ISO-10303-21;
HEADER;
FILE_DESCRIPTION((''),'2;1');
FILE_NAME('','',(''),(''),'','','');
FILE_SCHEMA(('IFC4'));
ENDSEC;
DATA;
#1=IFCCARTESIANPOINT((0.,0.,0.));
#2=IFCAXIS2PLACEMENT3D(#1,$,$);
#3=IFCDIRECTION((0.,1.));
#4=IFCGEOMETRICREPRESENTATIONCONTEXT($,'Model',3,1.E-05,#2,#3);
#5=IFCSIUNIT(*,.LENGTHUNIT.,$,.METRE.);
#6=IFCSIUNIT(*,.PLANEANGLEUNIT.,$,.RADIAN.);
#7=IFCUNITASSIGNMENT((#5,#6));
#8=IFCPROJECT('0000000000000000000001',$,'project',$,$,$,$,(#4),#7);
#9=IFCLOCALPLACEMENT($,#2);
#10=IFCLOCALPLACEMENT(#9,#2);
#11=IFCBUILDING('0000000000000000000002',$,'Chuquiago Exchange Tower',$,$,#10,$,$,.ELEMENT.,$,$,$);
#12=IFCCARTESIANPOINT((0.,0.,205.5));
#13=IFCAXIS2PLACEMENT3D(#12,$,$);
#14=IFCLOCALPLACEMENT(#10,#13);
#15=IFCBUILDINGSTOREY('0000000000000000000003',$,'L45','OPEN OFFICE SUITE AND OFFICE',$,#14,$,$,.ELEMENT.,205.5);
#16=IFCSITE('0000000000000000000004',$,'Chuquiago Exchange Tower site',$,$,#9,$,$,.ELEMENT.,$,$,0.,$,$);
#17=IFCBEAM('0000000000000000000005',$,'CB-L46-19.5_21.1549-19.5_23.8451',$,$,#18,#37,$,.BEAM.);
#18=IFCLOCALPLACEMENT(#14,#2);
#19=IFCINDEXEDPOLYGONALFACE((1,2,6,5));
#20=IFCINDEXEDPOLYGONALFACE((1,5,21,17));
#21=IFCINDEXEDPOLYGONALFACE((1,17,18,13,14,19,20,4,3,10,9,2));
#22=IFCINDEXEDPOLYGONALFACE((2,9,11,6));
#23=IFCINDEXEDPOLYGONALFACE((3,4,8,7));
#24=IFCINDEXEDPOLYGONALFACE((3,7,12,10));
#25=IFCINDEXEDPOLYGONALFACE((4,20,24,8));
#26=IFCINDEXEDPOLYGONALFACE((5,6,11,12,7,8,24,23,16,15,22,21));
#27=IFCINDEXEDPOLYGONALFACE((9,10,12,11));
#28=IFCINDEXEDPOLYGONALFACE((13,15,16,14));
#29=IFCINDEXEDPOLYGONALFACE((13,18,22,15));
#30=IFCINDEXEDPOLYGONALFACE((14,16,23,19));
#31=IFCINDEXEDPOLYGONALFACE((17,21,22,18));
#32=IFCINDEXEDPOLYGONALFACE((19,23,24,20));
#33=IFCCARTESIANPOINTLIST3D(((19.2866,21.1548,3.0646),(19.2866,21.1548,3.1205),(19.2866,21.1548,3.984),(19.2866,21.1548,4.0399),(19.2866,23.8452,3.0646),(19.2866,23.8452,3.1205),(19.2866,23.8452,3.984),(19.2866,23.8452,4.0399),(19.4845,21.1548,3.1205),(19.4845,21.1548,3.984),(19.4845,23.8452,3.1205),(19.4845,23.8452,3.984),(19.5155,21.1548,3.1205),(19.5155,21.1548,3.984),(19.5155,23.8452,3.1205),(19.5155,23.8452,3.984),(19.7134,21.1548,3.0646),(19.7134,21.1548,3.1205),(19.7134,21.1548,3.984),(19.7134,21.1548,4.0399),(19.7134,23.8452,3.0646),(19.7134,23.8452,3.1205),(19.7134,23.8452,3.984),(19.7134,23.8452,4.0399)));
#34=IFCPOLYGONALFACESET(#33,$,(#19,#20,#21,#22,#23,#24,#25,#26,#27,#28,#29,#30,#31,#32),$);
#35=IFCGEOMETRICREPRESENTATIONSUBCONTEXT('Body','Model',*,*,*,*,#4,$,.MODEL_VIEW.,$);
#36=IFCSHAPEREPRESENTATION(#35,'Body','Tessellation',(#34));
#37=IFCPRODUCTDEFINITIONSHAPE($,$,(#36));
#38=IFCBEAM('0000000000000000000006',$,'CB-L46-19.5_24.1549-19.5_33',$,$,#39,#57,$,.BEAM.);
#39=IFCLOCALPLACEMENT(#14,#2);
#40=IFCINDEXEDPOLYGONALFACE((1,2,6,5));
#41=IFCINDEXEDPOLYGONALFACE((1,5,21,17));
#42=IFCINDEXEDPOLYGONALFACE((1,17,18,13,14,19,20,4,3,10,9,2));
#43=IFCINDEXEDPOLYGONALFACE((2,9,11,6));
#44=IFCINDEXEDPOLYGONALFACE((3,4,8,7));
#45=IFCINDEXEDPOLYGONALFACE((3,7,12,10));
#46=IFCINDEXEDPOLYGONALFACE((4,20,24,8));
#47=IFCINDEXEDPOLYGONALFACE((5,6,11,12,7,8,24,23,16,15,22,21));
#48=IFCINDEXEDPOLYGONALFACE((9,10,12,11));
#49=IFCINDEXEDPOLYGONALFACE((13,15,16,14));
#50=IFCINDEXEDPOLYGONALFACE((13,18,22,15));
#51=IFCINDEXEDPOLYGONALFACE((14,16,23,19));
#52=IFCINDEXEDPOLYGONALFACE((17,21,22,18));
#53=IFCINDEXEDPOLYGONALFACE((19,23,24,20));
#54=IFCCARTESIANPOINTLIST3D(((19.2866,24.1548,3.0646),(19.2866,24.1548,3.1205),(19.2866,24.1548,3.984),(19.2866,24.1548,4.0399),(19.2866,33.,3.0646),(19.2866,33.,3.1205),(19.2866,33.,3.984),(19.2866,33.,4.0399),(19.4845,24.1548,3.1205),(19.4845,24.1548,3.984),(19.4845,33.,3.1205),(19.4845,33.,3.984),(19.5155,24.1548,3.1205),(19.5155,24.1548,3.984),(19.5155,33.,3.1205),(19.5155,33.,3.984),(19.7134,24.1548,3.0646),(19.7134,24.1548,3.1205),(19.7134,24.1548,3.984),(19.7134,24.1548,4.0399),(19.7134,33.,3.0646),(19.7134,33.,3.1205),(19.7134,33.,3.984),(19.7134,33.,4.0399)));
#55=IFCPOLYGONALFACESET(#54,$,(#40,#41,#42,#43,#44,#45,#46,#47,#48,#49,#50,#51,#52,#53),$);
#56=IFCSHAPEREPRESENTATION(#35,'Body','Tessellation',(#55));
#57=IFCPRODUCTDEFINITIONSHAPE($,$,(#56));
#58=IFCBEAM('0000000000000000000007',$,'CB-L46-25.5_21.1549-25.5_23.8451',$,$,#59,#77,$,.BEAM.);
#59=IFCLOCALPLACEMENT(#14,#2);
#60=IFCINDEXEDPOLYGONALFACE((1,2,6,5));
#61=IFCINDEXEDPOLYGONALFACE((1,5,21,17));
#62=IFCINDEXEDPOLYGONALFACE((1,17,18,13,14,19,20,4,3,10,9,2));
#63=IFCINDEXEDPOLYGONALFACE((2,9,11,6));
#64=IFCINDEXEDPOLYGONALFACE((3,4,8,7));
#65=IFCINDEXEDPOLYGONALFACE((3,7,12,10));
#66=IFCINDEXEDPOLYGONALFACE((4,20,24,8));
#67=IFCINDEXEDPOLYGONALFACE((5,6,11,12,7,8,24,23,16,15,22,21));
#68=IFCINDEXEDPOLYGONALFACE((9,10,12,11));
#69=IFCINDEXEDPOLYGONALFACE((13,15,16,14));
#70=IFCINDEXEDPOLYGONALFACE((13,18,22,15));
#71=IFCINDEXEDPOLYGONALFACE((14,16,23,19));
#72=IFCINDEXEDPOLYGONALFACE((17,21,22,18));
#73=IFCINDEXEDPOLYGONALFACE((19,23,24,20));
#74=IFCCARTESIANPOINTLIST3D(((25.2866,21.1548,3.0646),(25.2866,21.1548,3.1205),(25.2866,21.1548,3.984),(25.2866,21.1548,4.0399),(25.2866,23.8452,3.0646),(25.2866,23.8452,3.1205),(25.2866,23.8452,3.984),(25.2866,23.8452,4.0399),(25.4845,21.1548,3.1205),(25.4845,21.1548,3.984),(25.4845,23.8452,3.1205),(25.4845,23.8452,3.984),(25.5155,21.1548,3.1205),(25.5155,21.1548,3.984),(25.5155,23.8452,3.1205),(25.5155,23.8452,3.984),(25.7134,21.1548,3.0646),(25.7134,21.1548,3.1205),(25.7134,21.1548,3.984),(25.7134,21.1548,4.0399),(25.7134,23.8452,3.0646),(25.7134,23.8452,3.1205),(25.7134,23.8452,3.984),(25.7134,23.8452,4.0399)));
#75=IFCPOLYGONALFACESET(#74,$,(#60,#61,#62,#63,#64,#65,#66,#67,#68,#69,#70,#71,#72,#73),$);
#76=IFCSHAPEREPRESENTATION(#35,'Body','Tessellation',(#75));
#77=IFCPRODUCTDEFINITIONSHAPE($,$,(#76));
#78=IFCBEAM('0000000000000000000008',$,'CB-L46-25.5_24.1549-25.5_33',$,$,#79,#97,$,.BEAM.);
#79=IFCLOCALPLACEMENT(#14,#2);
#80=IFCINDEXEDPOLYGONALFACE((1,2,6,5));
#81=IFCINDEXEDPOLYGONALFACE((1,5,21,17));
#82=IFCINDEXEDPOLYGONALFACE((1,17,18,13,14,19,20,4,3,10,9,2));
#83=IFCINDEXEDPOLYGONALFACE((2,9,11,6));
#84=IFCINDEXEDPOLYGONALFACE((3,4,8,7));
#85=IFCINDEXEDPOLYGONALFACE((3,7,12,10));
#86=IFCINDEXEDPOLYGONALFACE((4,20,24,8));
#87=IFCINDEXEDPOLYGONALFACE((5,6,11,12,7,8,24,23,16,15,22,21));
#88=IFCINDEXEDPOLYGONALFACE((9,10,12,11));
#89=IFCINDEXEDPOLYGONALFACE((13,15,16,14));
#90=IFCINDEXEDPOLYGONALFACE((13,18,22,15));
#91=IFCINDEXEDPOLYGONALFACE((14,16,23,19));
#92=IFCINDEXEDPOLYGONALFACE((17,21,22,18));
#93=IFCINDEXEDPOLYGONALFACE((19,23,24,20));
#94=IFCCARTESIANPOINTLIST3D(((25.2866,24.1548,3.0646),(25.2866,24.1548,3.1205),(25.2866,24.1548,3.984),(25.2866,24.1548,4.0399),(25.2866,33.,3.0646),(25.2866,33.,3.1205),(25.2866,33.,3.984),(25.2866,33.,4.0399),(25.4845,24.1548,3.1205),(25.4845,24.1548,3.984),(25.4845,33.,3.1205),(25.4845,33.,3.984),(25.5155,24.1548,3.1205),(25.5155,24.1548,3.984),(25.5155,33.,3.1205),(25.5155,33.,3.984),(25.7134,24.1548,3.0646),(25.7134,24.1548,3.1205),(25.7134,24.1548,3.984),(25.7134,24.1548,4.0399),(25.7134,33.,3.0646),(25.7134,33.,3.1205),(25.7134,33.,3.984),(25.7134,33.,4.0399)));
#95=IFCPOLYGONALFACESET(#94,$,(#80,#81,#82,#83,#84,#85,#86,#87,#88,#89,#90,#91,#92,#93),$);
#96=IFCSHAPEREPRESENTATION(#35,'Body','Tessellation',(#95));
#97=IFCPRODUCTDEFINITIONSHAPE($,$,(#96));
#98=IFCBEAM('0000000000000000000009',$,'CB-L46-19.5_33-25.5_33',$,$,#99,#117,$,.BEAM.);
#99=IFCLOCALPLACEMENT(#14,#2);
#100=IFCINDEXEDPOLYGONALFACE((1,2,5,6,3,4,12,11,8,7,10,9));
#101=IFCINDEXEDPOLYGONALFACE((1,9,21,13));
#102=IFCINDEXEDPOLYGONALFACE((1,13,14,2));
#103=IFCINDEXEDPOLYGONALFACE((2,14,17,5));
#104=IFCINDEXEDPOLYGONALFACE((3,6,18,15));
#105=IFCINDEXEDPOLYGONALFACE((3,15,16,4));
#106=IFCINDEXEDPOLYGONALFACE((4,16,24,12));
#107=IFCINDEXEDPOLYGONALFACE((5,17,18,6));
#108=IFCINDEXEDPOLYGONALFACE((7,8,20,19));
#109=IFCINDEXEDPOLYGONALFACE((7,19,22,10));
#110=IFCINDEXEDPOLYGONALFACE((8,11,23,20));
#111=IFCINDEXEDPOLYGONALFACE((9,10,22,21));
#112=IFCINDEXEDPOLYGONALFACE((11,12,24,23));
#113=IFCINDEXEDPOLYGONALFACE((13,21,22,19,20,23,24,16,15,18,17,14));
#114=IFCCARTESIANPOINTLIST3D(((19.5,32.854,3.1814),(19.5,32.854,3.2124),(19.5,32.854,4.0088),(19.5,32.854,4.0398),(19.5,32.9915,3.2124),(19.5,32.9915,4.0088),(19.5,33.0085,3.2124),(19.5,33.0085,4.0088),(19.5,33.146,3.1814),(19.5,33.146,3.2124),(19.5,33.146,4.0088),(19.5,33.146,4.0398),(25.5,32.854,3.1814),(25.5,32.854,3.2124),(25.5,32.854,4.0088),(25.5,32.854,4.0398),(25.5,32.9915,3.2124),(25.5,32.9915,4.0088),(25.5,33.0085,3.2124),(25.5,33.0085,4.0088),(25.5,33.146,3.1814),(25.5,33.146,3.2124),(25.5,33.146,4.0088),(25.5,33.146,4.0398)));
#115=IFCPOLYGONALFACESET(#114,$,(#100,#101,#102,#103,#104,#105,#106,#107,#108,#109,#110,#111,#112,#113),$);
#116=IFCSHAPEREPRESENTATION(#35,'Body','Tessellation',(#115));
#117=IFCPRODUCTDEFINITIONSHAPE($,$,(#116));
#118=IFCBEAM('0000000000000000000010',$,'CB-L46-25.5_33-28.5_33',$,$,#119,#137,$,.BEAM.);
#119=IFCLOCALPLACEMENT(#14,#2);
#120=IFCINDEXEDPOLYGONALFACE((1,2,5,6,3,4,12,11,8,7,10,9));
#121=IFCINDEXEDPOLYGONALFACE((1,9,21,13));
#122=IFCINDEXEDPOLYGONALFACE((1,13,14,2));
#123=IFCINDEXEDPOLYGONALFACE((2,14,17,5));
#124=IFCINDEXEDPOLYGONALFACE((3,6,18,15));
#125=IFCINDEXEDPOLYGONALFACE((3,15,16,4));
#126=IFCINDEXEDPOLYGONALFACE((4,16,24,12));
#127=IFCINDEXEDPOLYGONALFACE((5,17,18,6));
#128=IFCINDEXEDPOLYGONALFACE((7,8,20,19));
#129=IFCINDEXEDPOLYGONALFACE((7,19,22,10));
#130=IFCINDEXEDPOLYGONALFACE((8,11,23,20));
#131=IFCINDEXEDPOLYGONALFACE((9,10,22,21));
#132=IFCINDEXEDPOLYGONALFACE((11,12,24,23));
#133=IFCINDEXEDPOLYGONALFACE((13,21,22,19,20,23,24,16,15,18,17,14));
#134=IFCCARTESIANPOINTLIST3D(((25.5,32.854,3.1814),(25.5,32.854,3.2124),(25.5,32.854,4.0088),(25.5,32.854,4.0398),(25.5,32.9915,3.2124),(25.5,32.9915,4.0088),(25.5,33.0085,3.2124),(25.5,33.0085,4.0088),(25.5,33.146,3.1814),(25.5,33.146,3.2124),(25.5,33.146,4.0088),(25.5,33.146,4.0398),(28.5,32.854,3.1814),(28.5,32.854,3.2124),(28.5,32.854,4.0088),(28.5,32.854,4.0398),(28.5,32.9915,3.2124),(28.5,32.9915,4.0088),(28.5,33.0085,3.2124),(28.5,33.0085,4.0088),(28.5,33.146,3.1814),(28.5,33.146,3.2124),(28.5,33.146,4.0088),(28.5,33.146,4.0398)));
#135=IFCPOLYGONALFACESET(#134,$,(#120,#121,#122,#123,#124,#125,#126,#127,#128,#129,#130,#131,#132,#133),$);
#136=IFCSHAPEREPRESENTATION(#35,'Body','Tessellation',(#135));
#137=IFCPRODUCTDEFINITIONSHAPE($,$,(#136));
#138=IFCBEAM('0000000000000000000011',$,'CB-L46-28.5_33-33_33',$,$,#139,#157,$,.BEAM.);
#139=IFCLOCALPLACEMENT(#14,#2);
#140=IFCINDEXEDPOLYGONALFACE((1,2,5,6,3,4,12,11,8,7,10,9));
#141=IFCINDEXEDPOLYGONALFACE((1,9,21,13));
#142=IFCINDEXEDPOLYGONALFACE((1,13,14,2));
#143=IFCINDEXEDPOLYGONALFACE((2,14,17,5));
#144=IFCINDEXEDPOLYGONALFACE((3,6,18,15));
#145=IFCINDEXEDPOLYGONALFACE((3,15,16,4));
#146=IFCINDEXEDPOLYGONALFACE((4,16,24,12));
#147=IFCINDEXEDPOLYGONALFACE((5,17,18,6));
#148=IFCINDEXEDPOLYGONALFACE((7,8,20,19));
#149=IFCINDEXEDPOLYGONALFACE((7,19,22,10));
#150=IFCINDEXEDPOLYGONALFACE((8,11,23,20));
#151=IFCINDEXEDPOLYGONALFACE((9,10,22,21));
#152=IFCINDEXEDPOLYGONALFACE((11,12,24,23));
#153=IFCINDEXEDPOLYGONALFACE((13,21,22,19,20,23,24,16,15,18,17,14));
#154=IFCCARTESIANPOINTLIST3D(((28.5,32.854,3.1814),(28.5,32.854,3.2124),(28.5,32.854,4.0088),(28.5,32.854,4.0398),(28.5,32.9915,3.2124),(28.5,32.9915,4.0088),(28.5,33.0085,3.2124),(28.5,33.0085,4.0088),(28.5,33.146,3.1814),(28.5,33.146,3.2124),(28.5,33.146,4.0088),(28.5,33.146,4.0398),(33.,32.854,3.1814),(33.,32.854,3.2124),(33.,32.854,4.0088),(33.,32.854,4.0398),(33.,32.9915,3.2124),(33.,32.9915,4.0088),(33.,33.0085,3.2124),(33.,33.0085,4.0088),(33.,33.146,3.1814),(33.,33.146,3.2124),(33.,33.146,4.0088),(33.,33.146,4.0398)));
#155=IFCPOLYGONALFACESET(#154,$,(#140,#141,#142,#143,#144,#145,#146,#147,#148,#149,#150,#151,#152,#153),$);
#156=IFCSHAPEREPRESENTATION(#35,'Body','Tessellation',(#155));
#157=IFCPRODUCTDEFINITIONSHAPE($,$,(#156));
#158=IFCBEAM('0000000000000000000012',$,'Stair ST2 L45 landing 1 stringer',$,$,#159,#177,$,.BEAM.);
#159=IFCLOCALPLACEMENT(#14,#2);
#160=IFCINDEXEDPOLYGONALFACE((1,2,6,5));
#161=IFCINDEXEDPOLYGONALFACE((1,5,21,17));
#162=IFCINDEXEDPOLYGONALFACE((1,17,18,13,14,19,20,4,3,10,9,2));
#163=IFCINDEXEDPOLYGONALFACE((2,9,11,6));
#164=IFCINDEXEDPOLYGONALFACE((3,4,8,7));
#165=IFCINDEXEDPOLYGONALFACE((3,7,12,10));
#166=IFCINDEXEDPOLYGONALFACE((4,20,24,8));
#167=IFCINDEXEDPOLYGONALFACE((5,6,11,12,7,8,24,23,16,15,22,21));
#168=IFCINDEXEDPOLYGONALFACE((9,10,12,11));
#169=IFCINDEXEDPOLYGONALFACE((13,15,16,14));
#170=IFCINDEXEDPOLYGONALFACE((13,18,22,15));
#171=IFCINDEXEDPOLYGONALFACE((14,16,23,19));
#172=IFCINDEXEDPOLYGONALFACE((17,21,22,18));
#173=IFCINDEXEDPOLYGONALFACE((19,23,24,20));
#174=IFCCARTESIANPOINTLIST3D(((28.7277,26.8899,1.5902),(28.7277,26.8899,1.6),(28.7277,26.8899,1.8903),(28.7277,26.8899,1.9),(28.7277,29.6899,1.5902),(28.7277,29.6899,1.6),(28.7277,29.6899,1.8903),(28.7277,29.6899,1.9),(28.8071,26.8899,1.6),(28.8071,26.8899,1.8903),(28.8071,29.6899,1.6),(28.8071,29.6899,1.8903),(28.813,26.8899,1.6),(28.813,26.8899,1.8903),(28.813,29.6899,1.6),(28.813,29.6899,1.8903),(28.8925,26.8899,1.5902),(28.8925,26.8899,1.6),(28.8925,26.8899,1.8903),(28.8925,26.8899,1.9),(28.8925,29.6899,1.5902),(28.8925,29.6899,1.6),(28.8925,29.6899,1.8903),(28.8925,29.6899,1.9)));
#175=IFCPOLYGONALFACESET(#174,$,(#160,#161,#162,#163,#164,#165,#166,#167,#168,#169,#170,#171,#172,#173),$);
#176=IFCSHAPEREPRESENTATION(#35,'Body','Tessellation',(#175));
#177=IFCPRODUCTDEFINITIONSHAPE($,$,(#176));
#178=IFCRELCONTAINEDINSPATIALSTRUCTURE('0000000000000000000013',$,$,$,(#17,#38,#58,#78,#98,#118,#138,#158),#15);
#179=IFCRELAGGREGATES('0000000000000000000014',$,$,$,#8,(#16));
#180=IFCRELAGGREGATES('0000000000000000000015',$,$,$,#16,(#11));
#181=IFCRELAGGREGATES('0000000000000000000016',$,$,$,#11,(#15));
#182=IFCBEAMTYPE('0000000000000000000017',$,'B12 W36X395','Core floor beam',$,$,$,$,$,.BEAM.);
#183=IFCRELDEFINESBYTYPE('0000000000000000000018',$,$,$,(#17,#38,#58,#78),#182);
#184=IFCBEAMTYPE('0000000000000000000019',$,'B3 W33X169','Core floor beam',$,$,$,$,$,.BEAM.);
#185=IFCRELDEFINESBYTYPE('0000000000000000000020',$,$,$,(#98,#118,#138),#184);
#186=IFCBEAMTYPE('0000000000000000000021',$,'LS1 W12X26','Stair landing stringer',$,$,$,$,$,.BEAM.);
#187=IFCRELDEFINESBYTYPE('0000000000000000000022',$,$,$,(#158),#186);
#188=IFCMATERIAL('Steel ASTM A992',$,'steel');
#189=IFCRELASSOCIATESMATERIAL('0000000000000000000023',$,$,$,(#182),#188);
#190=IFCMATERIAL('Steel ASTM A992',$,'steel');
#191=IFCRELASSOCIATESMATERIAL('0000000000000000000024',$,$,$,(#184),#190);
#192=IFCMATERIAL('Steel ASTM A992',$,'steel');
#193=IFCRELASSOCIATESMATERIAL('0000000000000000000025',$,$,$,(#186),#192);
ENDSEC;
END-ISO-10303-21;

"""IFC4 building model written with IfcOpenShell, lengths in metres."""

from ifc_helpers import new_model, si_unit, direction, frame, origin, origin_2d, place, context, subcontext, project, spatial, i_section, extrude, material, material_profile, profile_set, type_object, element, save


model = new_model("IFC4")

# Units and contexts
model_context = context("Model", 3, precision=1e-05, world=origin(), true_north=direction((0.0, 1.0)))
body_context = subcontext(model_context, "Body", "Model", "MODEL_VIEW")
ifc_project = project(units=[si_unit("LENGTHUNIT", "METRE"), si_unit("PLANEANGLEUNIT", "RADIAN")], contexts=[model_context])

# Site, building, storey
site_placement = place(None, origin())
site = spatial("IfcSite", under=ifc_project, at=site_placement, Name="Chuquiago Exchange Tower site", CompositionType="ELEMENT", RefElevation=0.0)
building_placement = place(site_placement, origin())
building = spatial("IfcBuilding", under=site, at=building_placement, Name="Chuquiago Exchange Tower", CompositionType="ELEMENT")
storey_placement = place(building_placement, frame((0.0, 0.0, 205.5)))
storey = spatial("IfcBuildingStorey", under=building, at=storey_placement, Name="L45", Description="OPEN OFFICE SUITE AND OFFICE", CompositionType="ELEMENT", Elevation=205.5)

# Beams
ifc_material_1 = material(Name="Steel ASTM A992", Category="steel")
ifc_material_profile_1 = material_profile(ifc_material_1, i_section(OverallWidth=0.4268, OverallDepth=0.9753, WebThickness=0.031, FlangeThickness=0.0559, at=origin_2d()), Name="W36X395")
ifc_profile_set_1 = profile_set([ifc_material_profile_1], Name="Steel ASTM A992")
beam_type_1 = type_object("IfcBeamType", Name="B12 W36X395", Description="Core floor beam", PredefinedType="BEAM", material=ifc_profile_set_1)
beam_1_placement = place(storey_placement, frame((19.5, 21.1548, 3.5522), z_axis=(0.0, 1.0, 0.0), x_axis=(-1.0, 0.0, 0.0)))
element("IfcBeam", 1, at=beam_1_placement, inside=storey, type_object=beam_type_1, Name="CB-L46-19.5_21.1549-19.5_23.8451", PredefinedType="BEAM", context=body_context, shape_type="SweptSolid", body=[
    extrude(i_section(OverallWidth=0.4268, OverallDepth=0.9753, WebThickness=0.031, FlangeThickness=0.0559, at=origin_2d()), origin(), (0.0, 0.0, 1.0), 2.6904),
])
beam_2_placement = place(storey_placement, frame((19.5, 24.1548, 3.5522), z_axis=(0.0, 1.0, 0.0), x_axis=(-1.0, 0.0, 0.0)))
element("IfcBeam", 2, at=beam_2_placement, inside=storey, type_object=beam_type_1, Name="CB-L46-19.5_24.1549-19.5_33", PredefinedType="BEAM", context=body_context, shape_type="SweptSolid", body=[
    extrude(i_section(OverallWidth=0.4268, OverallDepth=0.9753, WebThickness=0.031, FlangeThickness=0.0559, at=origin_2d()), origin(), (0.0, 0.0, 1.0), 8.8452),
])
beam_3_placement = place(storey_placement, frame((25.5, 21.1548, 3.5522), z_axis=(0.0, 1.0, 0.0), x_axis=(-1.0, 0.0, 0.0)))
element("IfcBeam", 3, at=beam_3_placement, inside=storey, type_object=beam_type_1, Name="CB-L46-25.5_21.1549-25.5_23.8451", PredefinedType="BEAM", context=body_context, shape_type="SweptSolid", body=[
    extrude(i_section(OverallWidth=0.4268, OverallDepth=0.9753, WebThickness=0.031, FlangeThickness=0.0559, at=origin_2d()), origin(), (0.0, 0.0, 1.0), 2.6904),
])
beam_4_placement = place(storey_placement, frame((25.5, 24.1548, 3.5522), z_axis=(0.0, 1.0, 0.0), x_axis=(-1.0, 0.0, 0.0)))
element("IfcBeam", 4, at=beam_4_placement, inside=storey, type_object=beam_type_1, Name="CB-L46-25.5_24.1549-25.5_33", PredefinedType="BEAM", context=body_context, shape_type="SweptSolid", body=[
    extrude(i_section(OverallWidth=0.4268, OverallDepth=0.9753, WebThickness=0.031, FlangeThickness=0.0559, at=origin_2d()), origin(), (0.0, 0.0, 1.0), 8.8452),
])
ifc_material_2 = material(Name="Steel ASTM A992", Category="steel")
ifc_material_profile_2 = material_profile(ifc_material_2, i_section(OverallWidth=0.292, OverallDepth=0.8584, WebThickness=0.0171, FlangeThickness=0.031, at=origin_2d()), Name="W33X169")
ifc_profile_set_2 = profile_set([ifc_material_profile_2], Name="Steel ASTM A992")
beam_type_2 = type_object("IfcBeamType", Name="B3 W33X169", Description="Core floor beam", PredefinedType="BEAM", material=ifc_profile_set_2)
beam_5_placement = place(storey_placement, frame((19.5, 33.0, 3.6106), z_axis=(1.0, 0.0, 0.0), x_axis=(0.0, 1.0, 0.0)))
element("IfcBeam", 5, at=beam_5_placement, inside=storey, type_object=beam_type_2, Name="CB-L46-19.5_33-25.5_33", PredefinedType="BEAM", context=body_context, shape_type="SweptSolid", body=[
    extrude(i_section(OverallWidth=0.292, OverallDepth=0.8584, WebThickness=0.0171, FlangeThickness=0.031, at=origin_2d()), origin(), (0.0, 0.0, 1.0), 6.0),
])
beam_6_placement = place(storey_placement, frame((25.5, 33.0, 3.6106), z_axis=(1.0, 0.0, 0.0), x_axis=(0.0, 1.0, 0.0)))
element("IfcBeam", 6, at=beam_6_placement, inside=storey, type_object=beam_type_2, Name="CB-L46-25.5_33-28.5_33", PredefinedType="BEAM", context=body_context, shape_type="SweptSolid", body=[
    extrude(i_section(OverallWidth=0.292, OverallDepth=0.8584, WebThickness=0.0171, FlangeThickness=0.031, at=origin_2d()), origin(), (0.0, 0.0, 1.0), 3.0),
])
beam_7_placement = place(storey_placement, frame((28.5, 33.0, 3.6106), z_axis=(1.0, 0.0, 0.0), x_axis=(0.0, 1.0, 0.0)))
element("IfcBeam", 7, at=beam_7_placement, inside=storey, type_object=beam_type_2, Name="CB-L46-28.5_33-33_33", PredefinedType="BEAM", context=body_context, shape_type="SweptSolid", body=[
    extrude(i_section(OverallWidth=0.292, OverallDepth=0.8584, WebThickness=0.0171, FlangeThickness=0.031, at=origin_2d()), origin(), (0.0, 0.0, 1.0), 4.5),
])
ifc_material_3 = material(Name="Steel ASTM A992", Category="steel")
ifc_material_profile_3 = material_profile(ifc_material_3, i_section(OverallWidth=0.1648, OverallDepth=0.3098, WebThickness=0.0059, FlangeThickness=0.0098, at=origin_2d()), Name="W12X26")
ifc_profile_set_3 = profile_set([ifc_material_profile_3], Name="Steel ASTM A992")
beam_type_3 = type_object("IfcBeamType", Name="LS1 W12X26", Description="Stair landing stringer", PredefinedType="BEAM", material=ifc_profile_set_3)
beam_8_placement = place(storey_placement, frame((28.8101, 26.8899, 1.7451), z_axis=(0.0, 1.0, 0.0), x_axis=(-1.0, 0.0, 0.0)))
element("IfcBeam", 8, at=beam_8_placement, inside=storey, type_object=beam_type_3, Name="Stair ST2 L45 landing 1 stringer", PredefinedType="BEAM", context=body_context, shape_type="SweptSolid", body=[
    extrude(i_section(OverallWidth=0.1648, OverallDepth=0.3098, WebThickness=0.0059, FlangeThickness=0.0098, at=origin_2d()), origin(), (0.0, 0.0, 1.0), 2.8),
])

save(model, "model.ifc")
